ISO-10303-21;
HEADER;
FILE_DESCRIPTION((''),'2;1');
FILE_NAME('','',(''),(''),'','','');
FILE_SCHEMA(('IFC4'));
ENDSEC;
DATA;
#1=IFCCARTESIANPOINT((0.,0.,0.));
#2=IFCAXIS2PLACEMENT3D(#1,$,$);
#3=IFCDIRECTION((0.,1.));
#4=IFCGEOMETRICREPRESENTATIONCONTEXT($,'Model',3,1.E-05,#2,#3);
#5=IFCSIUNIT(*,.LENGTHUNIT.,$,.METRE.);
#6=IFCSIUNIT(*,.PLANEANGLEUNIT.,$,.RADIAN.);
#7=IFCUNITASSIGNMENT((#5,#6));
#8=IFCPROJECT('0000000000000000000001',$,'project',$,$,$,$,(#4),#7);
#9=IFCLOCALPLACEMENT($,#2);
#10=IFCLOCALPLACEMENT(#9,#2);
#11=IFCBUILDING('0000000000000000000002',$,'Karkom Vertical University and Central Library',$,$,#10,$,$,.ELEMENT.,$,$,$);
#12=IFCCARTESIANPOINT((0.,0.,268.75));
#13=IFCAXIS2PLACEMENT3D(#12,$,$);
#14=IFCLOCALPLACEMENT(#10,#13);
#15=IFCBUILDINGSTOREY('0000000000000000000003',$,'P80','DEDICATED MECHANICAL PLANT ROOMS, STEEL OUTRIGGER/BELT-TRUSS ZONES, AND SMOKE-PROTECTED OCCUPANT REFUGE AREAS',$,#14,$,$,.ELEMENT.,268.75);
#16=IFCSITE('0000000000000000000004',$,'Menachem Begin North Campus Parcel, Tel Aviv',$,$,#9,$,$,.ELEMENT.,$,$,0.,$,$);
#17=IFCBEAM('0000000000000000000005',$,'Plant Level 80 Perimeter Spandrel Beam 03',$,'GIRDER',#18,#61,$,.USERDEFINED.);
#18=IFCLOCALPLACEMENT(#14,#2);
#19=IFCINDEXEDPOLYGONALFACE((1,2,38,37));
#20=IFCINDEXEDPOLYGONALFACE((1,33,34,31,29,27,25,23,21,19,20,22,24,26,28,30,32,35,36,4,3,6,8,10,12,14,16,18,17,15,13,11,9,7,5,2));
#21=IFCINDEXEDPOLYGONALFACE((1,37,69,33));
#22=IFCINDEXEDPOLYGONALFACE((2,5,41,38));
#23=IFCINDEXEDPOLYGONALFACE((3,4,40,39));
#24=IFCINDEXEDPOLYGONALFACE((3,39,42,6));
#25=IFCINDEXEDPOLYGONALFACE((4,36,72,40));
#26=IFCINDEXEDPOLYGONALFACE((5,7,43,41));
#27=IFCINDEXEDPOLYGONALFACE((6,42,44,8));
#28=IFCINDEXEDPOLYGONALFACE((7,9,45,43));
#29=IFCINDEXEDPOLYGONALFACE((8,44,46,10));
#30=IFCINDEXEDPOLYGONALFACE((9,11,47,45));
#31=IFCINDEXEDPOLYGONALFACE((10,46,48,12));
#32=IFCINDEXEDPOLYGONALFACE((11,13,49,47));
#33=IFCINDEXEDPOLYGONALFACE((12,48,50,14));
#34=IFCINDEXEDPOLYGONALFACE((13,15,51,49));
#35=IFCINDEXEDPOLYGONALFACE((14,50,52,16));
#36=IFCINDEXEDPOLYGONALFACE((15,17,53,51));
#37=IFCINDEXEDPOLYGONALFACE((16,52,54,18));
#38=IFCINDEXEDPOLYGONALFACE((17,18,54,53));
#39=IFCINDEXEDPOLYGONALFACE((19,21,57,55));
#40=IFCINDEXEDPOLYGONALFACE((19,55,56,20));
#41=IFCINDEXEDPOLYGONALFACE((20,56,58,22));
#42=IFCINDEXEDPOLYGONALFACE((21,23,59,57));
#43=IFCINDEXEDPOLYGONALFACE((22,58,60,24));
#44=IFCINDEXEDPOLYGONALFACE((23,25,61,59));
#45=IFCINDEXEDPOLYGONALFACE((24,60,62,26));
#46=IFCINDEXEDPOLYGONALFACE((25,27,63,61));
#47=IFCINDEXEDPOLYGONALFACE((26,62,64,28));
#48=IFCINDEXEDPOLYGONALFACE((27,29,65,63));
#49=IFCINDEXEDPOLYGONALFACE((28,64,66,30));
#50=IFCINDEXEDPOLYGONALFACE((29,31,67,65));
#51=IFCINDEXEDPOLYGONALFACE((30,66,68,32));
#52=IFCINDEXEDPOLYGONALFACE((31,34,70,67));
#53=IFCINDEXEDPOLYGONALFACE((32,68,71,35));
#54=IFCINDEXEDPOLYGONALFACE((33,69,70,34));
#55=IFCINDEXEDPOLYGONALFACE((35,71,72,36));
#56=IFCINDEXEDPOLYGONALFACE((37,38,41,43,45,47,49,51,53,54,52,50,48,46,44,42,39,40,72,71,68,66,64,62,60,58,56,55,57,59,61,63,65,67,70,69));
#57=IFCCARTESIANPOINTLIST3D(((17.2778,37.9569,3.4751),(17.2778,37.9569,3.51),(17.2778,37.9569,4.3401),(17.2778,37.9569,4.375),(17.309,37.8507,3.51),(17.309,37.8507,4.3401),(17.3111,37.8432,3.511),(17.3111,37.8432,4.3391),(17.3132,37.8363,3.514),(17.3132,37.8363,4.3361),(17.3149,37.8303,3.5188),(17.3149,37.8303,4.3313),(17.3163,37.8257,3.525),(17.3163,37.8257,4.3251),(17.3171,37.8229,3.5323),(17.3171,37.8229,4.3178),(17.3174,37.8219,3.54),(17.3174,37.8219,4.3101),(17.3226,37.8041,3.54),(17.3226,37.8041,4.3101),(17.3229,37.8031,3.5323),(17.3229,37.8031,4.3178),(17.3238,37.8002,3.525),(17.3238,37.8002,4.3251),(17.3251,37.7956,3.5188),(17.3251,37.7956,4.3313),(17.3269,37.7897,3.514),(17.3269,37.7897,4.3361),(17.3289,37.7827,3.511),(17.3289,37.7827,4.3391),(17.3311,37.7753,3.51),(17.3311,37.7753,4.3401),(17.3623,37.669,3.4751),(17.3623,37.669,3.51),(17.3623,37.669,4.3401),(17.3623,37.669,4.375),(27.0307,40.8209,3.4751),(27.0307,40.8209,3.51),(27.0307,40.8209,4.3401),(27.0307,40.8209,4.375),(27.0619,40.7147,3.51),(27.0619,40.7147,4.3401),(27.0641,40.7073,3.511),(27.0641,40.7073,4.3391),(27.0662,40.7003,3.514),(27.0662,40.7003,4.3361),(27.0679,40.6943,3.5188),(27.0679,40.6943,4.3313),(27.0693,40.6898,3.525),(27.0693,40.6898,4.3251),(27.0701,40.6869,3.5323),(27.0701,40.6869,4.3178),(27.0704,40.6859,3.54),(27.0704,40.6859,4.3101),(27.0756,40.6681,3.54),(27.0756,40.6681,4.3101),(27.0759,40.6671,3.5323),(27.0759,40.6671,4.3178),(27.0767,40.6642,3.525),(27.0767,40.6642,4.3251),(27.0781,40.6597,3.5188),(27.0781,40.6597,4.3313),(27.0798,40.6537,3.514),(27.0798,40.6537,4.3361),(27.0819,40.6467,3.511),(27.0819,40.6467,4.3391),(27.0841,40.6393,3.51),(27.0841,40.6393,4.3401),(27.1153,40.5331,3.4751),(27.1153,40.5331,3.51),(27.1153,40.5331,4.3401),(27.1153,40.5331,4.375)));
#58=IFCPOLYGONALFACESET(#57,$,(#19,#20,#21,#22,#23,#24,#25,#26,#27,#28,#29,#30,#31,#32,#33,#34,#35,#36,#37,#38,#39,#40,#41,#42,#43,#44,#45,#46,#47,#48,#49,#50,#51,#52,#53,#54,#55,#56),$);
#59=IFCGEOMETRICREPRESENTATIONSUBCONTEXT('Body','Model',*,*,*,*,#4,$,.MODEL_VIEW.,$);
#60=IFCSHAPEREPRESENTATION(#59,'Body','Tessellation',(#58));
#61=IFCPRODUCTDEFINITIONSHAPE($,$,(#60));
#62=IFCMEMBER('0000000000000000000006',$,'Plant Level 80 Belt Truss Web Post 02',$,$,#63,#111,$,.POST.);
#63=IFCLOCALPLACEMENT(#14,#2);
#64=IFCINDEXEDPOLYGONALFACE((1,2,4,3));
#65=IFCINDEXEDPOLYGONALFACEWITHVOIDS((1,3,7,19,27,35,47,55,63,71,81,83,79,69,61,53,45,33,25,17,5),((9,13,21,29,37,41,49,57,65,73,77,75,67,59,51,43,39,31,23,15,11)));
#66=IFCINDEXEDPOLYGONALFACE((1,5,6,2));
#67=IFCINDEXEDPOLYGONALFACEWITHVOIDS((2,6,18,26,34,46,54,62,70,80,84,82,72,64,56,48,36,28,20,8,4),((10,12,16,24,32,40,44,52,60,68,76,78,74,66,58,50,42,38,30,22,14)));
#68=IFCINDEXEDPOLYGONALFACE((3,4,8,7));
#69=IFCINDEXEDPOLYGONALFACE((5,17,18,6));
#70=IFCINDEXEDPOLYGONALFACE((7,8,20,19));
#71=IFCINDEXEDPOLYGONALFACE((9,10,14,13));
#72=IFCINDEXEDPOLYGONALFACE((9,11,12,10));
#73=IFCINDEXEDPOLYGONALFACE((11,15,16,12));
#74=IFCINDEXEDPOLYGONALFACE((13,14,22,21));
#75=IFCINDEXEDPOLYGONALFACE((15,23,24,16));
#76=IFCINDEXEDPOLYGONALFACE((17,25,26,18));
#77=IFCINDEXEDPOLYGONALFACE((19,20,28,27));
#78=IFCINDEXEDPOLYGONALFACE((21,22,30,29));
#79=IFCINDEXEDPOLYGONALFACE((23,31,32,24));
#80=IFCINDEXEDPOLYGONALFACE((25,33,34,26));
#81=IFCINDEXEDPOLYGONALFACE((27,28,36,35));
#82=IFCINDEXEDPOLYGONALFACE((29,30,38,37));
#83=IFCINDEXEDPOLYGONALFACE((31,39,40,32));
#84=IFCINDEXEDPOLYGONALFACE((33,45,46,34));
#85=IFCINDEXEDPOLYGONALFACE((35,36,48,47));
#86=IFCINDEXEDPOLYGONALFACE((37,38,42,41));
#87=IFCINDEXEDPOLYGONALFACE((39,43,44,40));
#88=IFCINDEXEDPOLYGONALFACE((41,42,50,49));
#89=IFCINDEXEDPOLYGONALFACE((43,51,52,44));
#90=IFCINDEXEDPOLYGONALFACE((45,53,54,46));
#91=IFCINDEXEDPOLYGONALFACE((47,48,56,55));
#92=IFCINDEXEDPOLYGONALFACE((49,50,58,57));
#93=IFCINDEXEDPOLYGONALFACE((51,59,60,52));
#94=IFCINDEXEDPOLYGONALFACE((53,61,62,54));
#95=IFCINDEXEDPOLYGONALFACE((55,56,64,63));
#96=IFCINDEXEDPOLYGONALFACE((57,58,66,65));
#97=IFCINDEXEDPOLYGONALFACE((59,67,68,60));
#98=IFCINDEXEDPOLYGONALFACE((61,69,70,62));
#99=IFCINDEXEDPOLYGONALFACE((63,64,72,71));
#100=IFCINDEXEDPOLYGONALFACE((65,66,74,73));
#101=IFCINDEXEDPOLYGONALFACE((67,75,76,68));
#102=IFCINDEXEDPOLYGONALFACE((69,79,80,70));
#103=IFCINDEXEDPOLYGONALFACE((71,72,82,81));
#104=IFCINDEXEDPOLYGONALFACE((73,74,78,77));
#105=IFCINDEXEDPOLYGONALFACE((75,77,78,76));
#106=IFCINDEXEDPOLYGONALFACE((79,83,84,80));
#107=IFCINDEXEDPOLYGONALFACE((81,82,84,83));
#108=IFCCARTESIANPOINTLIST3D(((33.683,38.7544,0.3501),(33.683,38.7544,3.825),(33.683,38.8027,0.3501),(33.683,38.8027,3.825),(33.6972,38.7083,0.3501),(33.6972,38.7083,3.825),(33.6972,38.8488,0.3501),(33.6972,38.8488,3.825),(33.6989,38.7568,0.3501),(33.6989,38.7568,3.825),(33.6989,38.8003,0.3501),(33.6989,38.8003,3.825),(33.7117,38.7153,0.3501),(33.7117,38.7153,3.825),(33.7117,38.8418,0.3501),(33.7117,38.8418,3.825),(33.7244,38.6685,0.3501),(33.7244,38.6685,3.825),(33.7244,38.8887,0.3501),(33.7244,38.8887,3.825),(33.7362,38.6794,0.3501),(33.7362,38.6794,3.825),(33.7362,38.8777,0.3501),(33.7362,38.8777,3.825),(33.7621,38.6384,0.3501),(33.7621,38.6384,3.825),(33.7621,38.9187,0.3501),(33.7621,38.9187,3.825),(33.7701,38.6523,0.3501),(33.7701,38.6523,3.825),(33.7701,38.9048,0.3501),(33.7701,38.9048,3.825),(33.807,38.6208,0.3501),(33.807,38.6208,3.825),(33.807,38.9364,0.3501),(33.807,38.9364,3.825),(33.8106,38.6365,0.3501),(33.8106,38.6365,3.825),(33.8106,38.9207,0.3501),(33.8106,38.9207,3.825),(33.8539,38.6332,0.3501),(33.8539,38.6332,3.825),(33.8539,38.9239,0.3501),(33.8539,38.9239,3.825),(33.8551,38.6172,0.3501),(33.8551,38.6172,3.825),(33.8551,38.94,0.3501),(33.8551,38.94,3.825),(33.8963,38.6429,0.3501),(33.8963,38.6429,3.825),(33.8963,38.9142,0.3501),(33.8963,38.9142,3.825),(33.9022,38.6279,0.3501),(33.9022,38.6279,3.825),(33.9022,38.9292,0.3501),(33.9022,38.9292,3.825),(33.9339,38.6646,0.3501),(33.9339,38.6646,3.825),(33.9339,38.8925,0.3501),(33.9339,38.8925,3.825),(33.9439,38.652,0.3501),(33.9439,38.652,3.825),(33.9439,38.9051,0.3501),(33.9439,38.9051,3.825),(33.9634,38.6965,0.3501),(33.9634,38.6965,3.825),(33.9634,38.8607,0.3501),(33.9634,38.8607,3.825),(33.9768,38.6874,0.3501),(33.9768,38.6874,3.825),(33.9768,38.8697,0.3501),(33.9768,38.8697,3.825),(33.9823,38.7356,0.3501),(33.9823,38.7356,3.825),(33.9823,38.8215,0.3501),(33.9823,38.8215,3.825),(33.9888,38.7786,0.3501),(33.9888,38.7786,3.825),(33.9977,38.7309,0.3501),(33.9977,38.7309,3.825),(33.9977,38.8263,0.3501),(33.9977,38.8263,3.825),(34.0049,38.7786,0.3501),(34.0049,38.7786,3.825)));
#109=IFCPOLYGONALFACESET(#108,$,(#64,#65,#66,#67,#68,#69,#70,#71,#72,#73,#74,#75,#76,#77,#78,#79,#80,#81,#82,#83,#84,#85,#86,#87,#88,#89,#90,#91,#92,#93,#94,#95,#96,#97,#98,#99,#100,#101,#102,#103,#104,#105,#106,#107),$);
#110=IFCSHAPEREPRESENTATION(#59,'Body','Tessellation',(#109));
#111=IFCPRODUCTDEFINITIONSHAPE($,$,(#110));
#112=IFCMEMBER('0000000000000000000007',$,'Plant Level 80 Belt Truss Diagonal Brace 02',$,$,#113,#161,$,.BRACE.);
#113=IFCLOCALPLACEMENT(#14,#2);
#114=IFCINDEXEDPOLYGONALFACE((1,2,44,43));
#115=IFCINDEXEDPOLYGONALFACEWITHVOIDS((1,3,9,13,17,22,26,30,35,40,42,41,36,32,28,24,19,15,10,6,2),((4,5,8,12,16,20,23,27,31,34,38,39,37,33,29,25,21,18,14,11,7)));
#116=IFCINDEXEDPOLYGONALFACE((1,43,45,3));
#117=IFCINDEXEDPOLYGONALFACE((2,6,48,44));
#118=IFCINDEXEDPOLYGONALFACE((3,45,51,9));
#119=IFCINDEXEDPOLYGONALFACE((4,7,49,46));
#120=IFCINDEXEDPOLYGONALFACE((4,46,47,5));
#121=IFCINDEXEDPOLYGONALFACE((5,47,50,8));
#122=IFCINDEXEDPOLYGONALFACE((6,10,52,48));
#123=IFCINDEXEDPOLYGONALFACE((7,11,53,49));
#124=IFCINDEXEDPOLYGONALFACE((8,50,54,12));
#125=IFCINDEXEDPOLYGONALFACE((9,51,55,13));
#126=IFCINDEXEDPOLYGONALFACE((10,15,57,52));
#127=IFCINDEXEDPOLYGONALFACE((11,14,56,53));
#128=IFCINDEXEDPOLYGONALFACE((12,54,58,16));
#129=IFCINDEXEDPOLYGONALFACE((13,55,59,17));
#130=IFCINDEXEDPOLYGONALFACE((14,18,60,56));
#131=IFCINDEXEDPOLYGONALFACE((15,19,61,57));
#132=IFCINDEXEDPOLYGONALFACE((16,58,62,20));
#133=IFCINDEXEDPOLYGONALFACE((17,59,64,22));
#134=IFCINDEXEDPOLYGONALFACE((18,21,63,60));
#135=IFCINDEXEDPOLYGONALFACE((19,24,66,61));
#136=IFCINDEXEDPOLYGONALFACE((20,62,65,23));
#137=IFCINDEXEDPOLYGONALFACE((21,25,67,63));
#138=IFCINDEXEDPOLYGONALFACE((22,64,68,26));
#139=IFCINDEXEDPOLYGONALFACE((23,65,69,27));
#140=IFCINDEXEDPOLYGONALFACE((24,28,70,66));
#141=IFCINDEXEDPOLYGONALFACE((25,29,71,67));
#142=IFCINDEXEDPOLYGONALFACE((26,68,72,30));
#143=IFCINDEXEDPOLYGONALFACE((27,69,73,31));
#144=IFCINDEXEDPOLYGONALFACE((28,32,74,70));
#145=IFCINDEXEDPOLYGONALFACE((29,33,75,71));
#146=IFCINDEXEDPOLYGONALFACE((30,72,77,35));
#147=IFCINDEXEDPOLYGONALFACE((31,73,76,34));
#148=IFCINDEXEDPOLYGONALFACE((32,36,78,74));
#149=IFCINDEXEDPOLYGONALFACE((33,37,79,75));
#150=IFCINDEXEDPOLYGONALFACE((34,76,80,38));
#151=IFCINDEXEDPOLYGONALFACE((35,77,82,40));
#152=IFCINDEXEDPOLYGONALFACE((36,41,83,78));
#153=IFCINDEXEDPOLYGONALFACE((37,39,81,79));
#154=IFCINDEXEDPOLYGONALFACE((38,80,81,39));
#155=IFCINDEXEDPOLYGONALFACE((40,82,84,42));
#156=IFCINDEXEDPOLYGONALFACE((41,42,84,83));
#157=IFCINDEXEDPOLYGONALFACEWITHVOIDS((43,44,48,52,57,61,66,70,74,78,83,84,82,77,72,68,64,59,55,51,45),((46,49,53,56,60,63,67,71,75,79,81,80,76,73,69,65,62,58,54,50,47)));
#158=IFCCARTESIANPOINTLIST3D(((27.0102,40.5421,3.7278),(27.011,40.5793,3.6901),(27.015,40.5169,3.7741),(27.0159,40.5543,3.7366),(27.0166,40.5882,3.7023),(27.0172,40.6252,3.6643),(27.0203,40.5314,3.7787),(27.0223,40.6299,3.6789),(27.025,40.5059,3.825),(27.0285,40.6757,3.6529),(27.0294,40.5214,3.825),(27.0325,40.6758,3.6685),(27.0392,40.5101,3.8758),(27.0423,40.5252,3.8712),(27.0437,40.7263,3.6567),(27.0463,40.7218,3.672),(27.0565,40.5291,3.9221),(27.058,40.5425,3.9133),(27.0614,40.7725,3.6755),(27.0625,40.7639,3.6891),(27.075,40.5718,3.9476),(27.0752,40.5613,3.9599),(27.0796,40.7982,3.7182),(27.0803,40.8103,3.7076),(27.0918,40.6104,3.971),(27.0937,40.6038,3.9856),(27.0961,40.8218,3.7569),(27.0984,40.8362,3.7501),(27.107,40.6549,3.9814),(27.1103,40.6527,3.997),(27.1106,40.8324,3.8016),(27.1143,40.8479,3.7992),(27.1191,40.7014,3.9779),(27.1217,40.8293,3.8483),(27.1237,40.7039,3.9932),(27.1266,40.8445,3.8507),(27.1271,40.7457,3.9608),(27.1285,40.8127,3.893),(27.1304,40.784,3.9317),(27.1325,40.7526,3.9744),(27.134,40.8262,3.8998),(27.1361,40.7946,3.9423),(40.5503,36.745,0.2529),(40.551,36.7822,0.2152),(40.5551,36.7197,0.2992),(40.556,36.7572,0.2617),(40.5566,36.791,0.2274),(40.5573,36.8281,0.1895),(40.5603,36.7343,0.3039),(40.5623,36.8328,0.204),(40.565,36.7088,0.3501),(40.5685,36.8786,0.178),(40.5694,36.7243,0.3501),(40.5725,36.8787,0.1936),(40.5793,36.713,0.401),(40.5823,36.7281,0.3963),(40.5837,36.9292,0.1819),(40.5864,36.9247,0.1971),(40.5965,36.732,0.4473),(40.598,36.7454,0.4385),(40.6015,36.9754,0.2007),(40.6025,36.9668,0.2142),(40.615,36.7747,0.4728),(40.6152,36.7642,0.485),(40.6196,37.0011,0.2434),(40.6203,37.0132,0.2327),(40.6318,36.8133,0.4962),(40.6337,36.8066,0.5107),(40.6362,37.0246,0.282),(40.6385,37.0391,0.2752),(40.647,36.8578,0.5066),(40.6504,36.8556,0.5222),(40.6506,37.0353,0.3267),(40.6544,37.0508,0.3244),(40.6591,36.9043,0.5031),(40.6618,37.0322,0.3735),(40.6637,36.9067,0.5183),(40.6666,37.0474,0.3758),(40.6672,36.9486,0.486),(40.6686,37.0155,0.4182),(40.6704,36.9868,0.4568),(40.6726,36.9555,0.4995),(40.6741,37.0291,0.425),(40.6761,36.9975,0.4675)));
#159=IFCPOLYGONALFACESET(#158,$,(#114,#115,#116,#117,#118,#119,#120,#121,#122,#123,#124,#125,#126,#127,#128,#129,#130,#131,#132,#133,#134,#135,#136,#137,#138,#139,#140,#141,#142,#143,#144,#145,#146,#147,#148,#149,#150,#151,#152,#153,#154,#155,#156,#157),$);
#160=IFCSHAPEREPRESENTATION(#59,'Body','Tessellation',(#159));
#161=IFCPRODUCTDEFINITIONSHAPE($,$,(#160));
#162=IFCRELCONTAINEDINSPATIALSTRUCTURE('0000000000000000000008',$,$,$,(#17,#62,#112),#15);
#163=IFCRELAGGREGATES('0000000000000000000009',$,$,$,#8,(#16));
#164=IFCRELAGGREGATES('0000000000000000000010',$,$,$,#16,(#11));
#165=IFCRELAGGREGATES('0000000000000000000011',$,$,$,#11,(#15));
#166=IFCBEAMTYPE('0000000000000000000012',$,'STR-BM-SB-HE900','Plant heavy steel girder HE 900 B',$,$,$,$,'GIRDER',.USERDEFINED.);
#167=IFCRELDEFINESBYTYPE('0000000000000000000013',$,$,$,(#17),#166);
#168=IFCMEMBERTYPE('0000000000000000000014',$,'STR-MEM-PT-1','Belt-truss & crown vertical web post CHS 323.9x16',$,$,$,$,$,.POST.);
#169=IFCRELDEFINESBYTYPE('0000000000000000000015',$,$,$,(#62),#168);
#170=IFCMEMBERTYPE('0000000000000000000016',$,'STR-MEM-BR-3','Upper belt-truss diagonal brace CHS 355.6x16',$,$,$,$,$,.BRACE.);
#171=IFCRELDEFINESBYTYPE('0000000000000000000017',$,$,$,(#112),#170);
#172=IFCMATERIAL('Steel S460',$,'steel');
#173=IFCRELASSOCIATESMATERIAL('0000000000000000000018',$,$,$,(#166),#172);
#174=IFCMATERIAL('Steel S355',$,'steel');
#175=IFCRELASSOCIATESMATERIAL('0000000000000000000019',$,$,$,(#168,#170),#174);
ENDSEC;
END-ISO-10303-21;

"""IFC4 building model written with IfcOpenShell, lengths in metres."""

from ifc_helpers import new_model, si_unit, direction, frame, origin, origin_with_axes, origin_2d, place, context, subcontext, project, spatial, hollow_circle, i_section, extrude, source, transform, mapped, material, material_profile, profile_set, type_object, element, save


model = new_model("IFC4")

# Units and contexts
model_context = context("Model", 3, precision=1e-05, world=origin(), true_north=direction((0.0, 1.0)))
body_context = subcontext(model_context, "Body", "Model", "MODEL_VIEW")
ifc_project = project(units=[si_unit("LENGTHUNIT", "METRE"), si_unit("PLANEANGLEUNIT", "RADIAN")], contexts=[model_context])

# Site, building, storey
site_placement = place(None, origin())
site = spatial("IfcSite", under=ifc_project, at=site_placement, Name="Menachem Begin North Campus Parcel, Tel Aviv", CompositionType="ELEMENT", RefElevation=0.0)
building_placement = place(site_placement, origin())
building = spatial("IfcBuilding", under=site, at=building_placement, Name="Karkom Vertical University and Central Library", CompositionType="ELEMENT")
storey_placement = place(building_placement, frame((0.0, 0.0, 268.75)))
storey = spatial("IfcBuildingStorey", under=building, at=storey_placement, Name="P80", Description="DEDICATED MECHANICAL PLANT ROOMS, STEEL OUTRIGGER/BELT-TRUSS ZONES, AND SMOKE-PROTECTED OCCUPANT REFUGE AREAS", CompositionType="ELEMENT", Elevation=268.75)

# Beam
ifc_material_1 = material(Name="Steel S355", Category="steel")
ifc_material_2 = material(Name="Steel S460", Category="steel")
ifc_material_profile_1 = material_profile(ifc_material_2, i_section(OverallWidth=0.3, OverallDepth=0.8999, WebThickness=0.0186, FlangeThickness=0.0349, FilletRadius=0.03, at=origin_2d()), Name="HE 900 B")
ifc_profile_set_1 = profile_set([ifc_material_profile_1], Name="Steel S460")
beam_type_1 = type_object("IfcBeamType", Name="STR-BM-SB-HE900", Description="Plant heavy steel girder HE 900 B", ElementType="GIRDER", PredefinedType="USERDEFINED", material=ifc_profile_set_1)
shared_shape_1 = source(origin_with_axes(), body_context, "Body", "SweptSolid", [
    extrude(i_section(OverallWidth=0.3, OverallDepth=0.8999, WebThickness=0.0186, FlangeThickness=0.0349, FilletRadius=0.03, at=origin_2d()), origin(), (0.0, 0.0, 1.0), 10.1648),
])
beam_1_placement = place(storey_placement, frame((27.073, 40.677, 3.925), z_axis=(-0.959485, -0.281759, 0.0), x_axis=(0.281759, -0.959485, 0.0)))
element("IfcBeam", 1, at=beam_1_placement, inside=storey, type_object=beam_type_1, Name="Plant Level 80 Perimeter Spandrel Beam 03", ObjectType="GIRDER", PredefinedType="USERDEFINED", context=body_context, shape_type="MappedRepresentation", body=[
    mapped(shared_shape_1, transform((0.0, 0.0, 0.0), scale=1.0)),
])

# Members
ifc_material_profile_2 = material_profile(ifc_material_1, hollow_circle(Radius=0.1619, WallThickness=0.0161, at=origin_2d()), Name="CHS 323.9x16")
ifc_profile_set_2 = profile_set([ifc_material_profile_2], Name="Steel S355")
member_type_1 = type_object("IfcMemberType", Name="STR-MEM-PT-1", Description="Belt-truss & crown vertical web post CHS 323.9x16", PredefinedType="POST", material=ifc_profile_set_2)
shared_shape_2 = source(origin_with_axes(), body_context, "Body", "SweptSolid", [
    extrude(hollow_circle(Radius=0.1619, WallThickness=0.0161, at=origin_2d()), origin(), (0.0, 0.0, 1.0), 3.4749),
])
member_1_placement = place(storey_placement, frame((33.843, 38.7786, 0.3501), z_axis=(0.0, 0.0, 1.0), x_axis=(1.0, 0.0, 0.0)))
element("IfcMember", 2, at=member_1_placement, inside=storey, type_object=member_type_1, Name="Plant Level 80 Belt Truss Web Post 02", PredefinedType="POST", context=body_context, shape_type="MappedRepresentation", body=[
    mapped(shared_shape_2, transform((0.0, 0.0, 0.0), scale=1.0)),
])
ifc_material_profile_3 = material_profile(ifc_material_1, hollow_circle(Radius=0.1777, WallThickness=0.0161, at=origin_2d()), Name="CHS 355.6x16")
ifc_profile_set_3 = profile_set([ifc_material_profile_3], Name="Steel S355")
member_type_2 = type_object("IfcMemberType", Name="STR-MEM-BR-3", Description="Upper belt-truss diagonal brace CHS 355.6x16", PredefinedType="BRACE", material=ifc_profile_set_3)
shared_shape_3 = source(origin_with_axes(), body_context, "Body", "SweptSolid", [
    extrude(hollow_circle(Radius=0.1777, WallThickness=0.0161, at=origin_2d()), origin(), (0.0, 0.0, 1.0), 14.4854),
])
member_2_placement = place(storey_placement, frame((40.613, 36.8799, 0.3501), z_axis=(-0.93474, 0.262135, 0.239887), x_axis=(-0.27002, -0.962855, 0.0)))
element("IfcMember", 3, at=member_2_placement, inside=storey, type_object=member_type_2, Name="Plant Level 80 Belt Truss Diagonal Brace 02", PredefinedType="BRACE", context=body_context, shape_type="MappedRepresentation", body=[
    mapped(shared_shape_3, transform((0.0, 0.0, 0.0), scale=1.0)),
])

save(model, "model.ifc")
